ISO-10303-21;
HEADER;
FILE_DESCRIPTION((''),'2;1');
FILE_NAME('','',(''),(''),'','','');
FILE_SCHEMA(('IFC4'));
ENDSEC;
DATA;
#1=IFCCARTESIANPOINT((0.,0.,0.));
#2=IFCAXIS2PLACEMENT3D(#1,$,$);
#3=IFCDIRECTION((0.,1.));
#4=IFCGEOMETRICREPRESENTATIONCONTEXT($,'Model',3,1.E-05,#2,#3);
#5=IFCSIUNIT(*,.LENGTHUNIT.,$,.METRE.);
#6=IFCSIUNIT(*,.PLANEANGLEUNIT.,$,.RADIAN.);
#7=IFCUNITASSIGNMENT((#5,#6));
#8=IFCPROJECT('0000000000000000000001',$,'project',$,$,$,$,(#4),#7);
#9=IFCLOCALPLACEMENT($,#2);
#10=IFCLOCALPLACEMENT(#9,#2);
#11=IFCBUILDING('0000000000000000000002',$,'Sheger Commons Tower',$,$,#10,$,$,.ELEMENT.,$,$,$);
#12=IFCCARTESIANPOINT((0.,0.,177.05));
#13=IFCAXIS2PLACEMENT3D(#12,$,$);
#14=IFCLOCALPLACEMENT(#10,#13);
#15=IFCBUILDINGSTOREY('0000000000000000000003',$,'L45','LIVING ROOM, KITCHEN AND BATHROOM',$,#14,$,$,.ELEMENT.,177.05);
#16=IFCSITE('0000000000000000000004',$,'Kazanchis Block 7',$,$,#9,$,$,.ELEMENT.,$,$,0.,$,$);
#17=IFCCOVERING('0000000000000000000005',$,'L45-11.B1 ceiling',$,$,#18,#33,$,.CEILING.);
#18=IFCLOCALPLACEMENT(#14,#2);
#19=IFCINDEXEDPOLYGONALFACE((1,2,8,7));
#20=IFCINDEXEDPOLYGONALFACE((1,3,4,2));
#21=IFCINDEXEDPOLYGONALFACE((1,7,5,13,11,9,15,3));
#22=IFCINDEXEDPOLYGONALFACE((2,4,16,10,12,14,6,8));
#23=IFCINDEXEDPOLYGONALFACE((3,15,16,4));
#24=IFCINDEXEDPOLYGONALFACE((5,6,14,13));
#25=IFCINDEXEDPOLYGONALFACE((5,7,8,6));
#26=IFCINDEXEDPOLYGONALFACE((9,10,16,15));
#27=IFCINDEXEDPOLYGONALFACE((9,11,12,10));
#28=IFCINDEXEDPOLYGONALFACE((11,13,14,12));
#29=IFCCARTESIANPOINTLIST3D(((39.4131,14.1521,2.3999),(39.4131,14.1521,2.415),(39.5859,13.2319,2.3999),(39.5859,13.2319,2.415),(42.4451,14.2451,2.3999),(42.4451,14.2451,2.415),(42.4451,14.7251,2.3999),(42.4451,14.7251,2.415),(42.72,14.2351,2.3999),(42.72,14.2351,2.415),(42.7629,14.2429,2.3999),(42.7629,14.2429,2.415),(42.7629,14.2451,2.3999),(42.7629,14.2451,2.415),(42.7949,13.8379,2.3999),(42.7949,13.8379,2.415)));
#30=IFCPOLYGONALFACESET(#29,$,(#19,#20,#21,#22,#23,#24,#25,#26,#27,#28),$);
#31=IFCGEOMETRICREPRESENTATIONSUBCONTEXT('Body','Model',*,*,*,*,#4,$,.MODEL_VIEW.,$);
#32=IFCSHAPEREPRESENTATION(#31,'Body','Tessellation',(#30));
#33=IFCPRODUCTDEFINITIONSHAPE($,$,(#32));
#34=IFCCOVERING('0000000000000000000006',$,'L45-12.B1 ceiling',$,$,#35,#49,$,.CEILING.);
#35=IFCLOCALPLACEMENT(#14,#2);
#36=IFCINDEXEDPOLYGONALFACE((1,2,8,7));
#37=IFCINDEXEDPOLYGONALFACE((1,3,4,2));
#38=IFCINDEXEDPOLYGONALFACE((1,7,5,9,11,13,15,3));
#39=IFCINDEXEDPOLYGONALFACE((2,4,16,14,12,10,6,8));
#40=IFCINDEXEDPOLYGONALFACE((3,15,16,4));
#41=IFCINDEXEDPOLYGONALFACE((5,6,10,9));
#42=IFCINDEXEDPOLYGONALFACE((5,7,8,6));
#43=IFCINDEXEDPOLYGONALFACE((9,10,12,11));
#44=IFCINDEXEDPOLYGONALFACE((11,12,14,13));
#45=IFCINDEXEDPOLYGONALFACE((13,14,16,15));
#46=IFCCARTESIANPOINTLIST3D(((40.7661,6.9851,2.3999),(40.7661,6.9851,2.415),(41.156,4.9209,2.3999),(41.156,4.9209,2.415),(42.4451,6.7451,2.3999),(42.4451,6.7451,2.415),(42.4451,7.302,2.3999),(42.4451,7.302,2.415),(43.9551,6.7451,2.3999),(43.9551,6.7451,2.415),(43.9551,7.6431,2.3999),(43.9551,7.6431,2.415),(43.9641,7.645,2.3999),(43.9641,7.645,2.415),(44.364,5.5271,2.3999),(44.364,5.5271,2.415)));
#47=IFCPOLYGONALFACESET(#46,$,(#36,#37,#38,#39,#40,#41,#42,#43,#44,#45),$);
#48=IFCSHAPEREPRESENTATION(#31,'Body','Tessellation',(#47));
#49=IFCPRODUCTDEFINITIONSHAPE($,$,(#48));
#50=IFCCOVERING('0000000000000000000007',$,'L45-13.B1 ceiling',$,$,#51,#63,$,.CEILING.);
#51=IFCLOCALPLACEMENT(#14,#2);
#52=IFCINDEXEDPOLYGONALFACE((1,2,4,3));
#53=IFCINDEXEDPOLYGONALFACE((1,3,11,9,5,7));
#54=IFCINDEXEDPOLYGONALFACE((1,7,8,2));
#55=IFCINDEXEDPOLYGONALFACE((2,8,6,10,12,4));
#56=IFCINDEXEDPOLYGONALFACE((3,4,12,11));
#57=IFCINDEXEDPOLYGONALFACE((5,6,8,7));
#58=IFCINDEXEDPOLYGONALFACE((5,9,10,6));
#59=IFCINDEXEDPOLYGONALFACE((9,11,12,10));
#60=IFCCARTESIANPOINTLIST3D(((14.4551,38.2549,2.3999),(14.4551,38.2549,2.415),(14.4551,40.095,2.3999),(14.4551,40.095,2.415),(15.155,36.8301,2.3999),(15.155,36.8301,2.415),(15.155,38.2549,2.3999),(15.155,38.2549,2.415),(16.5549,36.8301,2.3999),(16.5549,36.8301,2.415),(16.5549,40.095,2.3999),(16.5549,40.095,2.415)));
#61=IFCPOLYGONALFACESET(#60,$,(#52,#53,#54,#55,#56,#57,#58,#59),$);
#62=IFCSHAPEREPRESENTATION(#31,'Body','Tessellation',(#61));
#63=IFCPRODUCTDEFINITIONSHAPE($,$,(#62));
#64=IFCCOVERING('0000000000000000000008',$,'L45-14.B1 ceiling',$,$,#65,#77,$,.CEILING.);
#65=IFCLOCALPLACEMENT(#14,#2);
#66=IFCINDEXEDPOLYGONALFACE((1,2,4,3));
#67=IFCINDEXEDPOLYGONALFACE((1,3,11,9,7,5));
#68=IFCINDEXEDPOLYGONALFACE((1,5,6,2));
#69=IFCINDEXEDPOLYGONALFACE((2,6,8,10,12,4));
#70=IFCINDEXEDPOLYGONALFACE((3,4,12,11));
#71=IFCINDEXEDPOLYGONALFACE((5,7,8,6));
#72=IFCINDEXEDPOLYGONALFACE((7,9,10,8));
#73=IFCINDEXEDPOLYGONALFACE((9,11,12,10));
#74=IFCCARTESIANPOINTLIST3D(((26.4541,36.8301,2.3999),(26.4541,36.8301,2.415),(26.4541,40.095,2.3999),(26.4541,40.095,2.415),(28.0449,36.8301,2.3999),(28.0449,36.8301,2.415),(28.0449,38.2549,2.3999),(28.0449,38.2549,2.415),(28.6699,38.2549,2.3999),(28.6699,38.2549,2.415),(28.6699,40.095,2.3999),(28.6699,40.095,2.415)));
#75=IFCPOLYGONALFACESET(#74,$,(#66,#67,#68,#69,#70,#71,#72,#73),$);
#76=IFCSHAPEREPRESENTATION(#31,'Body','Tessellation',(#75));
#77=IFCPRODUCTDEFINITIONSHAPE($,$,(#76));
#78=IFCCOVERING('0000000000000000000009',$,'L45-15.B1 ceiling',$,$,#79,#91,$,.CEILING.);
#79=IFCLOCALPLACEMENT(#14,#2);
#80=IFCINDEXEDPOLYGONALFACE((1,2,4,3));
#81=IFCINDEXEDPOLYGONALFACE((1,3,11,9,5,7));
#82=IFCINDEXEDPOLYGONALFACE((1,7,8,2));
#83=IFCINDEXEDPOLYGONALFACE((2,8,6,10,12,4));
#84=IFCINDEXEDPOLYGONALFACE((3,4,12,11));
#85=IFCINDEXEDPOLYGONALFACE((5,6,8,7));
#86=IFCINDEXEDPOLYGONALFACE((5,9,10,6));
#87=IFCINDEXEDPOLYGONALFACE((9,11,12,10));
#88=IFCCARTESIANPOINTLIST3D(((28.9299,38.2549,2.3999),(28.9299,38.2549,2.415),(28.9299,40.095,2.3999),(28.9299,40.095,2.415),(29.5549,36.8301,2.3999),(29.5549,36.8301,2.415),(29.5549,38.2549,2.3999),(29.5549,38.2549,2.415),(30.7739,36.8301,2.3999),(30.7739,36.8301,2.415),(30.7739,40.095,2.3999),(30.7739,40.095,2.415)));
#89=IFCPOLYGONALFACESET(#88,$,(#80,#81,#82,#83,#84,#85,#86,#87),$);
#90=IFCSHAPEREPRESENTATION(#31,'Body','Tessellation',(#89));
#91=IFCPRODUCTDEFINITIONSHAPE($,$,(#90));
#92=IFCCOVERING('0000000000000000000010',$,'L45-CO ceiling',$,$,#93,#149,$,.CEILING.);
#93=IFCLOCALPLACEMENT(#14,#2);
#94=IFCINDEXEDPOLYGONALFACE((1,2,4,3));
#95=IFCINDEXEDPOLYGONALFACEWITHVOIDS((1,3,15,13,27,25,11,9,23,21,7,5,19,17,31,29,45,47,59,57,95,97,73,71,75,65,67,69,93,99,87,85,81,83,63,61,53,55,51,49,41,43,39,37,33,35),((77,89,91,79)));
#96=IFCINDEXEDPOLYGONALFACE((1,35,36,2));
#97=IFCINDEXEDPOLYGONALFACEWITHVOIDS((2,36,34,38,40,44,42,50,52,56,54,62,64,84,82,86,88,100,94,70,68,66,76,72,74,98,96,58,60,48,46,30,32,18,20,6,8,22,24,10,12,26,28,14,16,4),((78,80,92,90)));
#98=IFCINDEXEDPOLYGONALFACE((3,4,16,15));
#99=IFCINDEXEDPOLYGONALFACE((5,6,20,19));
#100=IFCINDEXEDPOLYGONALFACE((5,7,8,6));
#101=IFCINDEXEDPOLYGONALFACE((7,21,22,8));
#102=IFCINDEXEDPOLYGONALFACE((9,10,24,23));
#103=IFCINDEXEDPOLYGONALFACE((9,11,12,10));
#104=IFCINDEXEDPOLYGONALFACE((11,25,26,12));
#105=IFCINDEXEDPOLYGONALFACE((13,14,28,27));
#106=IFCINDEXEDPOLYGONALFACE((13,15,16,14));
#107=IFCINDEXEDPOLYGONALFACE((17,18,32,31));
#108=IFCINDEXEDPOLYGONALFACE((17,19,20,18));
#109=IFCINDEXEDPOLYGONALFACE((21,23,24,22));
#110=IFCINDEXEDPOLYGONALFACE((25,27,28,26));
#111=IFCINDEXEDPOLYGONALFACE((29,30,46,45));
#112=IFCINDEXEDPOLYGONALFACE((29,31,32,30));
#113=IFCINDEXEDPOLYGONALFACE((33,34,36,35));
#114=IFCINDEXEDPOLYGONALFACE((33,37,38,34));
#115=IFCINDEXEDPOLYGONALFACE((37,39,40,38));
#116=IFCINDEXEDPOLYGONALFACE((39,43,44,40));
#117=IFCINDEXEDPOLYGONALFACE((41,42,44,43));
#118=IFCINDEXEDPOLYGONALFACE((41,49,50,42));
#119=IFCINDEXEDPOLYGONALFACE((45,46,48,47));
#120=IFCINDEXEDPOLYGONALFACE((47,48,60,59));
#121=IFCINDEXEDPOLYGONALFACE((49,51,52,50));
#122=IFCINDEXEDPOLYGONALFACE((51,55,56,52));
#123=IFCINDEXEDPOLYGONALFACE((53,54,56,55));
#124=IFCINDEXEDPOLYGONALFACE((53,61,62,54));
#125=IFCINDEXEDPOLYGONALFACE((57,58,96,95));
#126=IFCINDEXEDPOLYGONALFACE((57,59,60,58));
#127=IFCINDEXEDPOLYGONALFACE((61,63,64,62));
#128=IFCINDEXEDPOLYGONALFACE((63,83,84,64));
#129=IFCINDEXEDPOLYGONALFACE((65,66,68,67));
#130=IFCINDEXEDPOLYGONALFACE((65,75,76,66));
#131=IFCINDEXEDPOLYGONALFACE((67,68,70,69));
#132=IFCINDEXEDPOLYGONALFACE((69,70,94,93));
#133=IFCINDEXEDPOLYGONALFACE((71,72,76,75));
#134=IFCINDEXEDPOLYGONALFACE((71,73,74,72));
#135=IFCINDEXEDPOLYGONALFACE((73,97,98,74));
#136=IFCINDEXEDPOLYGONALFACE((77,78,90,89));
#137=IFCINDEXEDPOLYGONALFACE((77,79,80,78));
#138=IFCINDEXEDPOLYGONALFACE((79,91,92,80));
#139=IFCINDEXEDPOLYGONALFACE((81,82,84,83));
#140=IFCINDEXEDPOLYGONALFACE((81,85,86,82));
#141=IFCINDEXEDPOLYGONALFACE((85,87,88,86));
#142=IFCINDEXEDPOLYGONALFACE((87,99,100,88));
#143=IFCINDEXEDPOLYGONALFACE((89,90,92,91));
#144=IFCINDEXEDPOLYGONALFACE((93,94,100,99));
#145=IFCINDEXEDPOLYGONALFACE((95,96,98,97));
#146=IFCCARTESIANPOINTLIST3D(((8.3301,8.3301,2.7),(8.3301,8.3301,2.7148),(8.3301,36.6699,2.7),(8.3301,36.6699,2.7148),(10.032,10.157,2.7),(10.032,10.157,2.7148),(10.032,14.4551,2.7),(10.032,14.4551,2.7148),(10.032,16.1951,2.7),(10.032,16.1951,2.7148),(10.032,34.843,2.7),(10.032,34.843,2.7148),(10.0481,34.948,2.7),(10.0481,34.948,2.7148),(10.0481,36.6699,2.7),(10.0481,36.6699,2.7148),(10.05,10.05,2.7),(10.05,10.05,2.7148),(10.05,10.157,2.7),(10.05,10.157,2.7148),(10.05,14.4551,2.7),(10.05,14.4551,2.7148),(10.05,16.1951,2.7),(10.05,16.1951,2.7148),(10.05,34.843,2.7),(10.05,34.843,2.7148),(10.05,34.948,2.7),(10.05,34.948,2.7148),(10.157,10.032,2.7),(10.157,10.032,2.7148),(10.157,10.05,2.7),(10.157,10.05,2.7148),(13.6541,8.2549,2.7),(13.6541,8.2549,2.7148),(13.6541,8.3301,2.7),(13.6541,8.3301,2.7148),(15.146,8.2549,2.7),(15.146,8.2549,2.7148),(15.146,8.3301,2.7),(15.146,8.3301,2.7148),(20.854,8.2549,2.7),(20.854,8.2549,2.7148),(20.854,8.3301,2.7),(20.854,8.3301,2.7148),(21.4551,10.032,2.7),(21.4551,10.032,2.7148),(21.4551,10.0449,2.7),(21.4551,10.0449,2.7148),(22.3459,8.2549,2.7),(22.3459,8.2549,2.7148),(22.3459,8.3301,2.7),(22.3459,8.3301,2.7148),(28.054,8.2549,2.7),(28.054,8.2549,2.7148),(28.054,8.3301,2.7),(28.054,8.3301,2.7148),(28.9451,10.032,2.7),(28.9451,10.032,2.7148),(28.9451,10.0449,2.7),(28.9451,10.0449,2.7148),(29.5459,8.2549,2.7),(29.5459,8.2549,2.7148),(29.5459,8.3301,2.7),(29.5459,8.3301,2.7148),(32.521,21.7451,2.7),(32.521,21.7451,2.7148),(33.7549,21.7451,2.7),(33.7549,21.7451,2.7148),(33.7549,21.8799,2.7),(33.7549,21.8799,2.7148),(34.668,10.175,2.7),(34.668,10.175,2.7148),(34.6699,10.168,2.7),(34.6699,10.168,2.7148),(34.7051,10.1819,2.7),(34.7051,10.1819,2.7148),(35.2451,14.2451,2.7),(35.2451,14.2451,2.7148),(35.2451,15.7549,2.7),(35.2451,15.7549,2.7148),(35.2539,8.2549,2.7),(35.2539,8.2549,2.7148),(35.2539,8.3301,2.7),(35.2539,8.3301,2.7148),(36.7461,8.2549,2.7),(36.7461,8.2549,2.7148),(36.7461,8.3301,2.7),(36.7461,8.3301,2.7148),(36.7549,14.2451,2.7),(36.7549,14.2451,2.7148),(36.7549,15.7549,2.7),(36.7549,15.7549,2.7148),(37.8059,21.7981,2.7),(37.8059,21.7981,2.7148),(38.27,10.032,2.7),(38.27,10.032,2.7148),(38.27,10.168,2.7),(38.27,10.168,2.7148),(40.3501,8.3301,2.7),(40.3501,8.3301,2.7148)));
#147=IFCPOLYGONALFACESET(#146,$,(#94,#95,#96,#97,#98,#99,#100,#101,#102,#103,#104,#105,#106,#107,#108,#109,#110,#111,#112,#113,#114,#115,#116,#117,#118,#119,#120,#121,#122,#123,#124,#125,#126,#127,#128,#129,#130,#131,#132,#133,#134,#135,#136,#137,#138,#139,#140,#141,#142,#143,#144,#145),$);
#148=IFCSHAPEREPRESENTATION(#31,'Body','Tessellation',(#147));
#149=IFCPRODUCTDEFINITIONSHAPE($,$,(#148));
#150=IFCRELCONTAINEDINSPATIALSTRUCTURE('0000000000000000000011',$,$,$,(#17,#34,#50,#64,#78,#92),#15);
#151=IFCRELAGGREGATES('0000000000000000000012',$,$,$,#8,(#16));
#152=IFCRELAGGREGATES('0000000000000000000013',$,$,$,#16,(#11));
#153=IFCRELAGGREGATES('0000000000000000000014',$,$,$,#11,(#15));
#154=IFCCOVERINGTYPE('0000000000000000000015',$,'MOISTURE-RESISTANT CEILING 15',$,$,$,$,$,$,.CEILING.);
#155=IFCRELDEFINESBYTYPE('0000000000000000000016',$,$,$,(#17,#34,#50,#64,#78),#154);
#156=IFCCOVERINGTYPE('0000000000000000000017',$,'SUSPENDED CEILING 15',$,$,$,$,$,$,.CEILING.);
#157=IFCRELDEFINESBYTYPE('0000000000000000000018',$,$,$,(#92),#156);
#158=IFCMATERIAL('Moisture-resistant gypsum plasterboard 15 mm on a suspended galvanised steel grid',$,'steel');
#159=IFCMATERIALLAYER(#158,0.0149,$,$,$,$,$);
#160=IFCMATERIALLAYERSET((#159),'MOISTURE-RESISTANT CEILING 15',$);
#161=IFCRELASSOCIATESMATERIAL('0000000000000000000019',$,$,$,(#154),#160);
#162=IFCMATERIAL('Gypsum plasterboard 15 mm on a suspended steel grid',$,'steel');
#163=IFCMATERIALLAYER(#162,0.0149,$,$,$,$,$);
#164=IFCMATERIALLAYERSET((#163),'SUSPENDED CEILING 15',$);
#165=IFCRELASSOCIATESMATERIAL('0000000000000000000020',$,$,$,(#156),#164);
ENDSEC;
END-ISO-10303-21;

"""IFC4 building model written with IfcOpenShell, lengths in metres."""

from ifc_helpers import new_model, si_unit, direction, frame, origin, place, context, subcontext, project, spatial, polyline, outline, extrude, material, layer, layer_set, type_object, element, save


model = new_model("IFC4")

# Units and contexts
model_context = context("Model", 3, precision=1e-05, world=origin(), true_north=direction((0.0, 1.0)))
body_context = subcontext(model_context, "Body", "Model", "MODEL_VIEW")
ifc_project = project(units=[si_unit("LENGTHUNIT", "METRE"), si_unit("PLANEANGLEUNIT", "RADIAN")], contexts=[model_context])

# Site, building, storey
site_placement = place(None, origin())
site = spatial("IfcSite", under=ifc_project, at=site_placement, Name="Kazanchis Block 7", CompositionType="ELEMENT", RefElevation=0.0)
building_placement = place(site_placement, origin())
building = spatial("IfcBuilding", under=site, at=building_placement, Name="Sheger Commons Tower", CompositionType="ELEMENT")
storey_placement = place(building_placement, frame((0.0, 0.0, 177.05)))
storey = spatial("IfcBuildingStorey", under=building, at=storey_placement, Name="L45", Description="LIVING ROOM, KITCHEN AND BATHROOM", CompositionType="ELEMENT", Elevation=177.05)

# Coverings
ifc_material_1 = material(Name="Moisture-resistant gypsum plasterboard 15 mm on a suspended galvanised steel grid", Category="steel")
ifc_layer_1 = layer(ifc_material_1, 0.0149)
ifc_layer_set_1 = layer_set([ifc_layer_1], Name="MOISTURE-RESISTANT CEILING 15")
covering_type_1 = type_object("IfcCoveringType", Name="MOISTURE-RESISTANT CEILING 15", PredefinedType="CEILING", material=ifc_layer_set_1)
covering_1_placement = place(storey_placement, frame((0.0, 0.0, 2.3999)))
element("IfcCovering", 1, at=covering_1_placement, inside=storey, type_object=covering_type_1, Name="L45-11.B1 ceiling", PredefinedType="CEILING", context=body_context, shape_type="SweptSolid", body=[
    extrude(outline(polyline([(39.5859, 13.2319), (42.7949, 13.8379), (42.72, 14.2351), (42.7629, 14.2429), (42.7629, 14.2451), (42.4451, 14.2451), (42.4451, 14.7251), (39.4131, 14.1521), (39.5859, 13.2319)])), origin(), (0.0, 0.0, 1.0), 0.0151),
])
covering_2_placement = place(storey_placement, frame((0.0, 0.0, 2.3999)))
element("IfcCovering", 2, at=covering_2_placement, inside=storey, type_object=covering_type_1, Name="L45-12.B1 ceiling", PredefinedType="CEILING", context=body_context, shape_type="SweptSolid", body=[
    extrude(outline(polyline([(41.156, 4.9209), (44.364, 5.5271), (43.9641, 7.645), (43.9551, 7.6431), (43.9551, 6.7451), (42.4451, 6.7451), (42.4451, 7.302), (40.7661, 6.9851), (41.156, 4.9209)])), origin(), (0.0, 0.0, 1.0), 0.0151),
])
covering_3_placement = place(storey_placement, frame((0.0, 0.0, 2.3999)))
element("IfcCovering", 3, at=covering_3_placement, inside=storey, type_object=covering_type_1, Name="L45-13.B1 ceiling", PredefinedType="CEILING", context=body_context, shape_type="SweptSolid", body=[
    extrude(outline(polyline([(15.155, 36.8301), (16.5549, 36.8301), (16.5549, 40.095), (14.4551, 40.095), (14.4551, 38.2549), (15.155, 38.2549), (15.155, 36.8301)])), origin(), (0.0, 0.0, 1.0), 0.0151),
])
covering_4_placement = place(storey_placement, frame((0.0, 0.0, 2.3999)))
element("IfcCovering", 4, at=covering_4_placement, inside=storey, type_object=covering_type_1, Name="L45-14.B1 ceiling", PredefinedType="CEILING", context=body_context, shape_type="SweptSolid", body=[
    extrude(outline(polyline([(26.4541, 36.8301), (28.0449, 36.8301), (28.0449, 38.2549), (28.6699, 38.2549), (28.6699, 40.095), (26.4541, 40.095), (26.4541, 36.8301)])), origin(), (0.0, 0.0, 1.0), 0.0151),
])
covering_5_placement = place(storey_placement, frame((0.0, 0.0, 2.3999)))
element("IfcCovering", 5, at=covering_5_placement, inside=storey, type_object=covering_type_1, Name="L45-15.B1 ceiling", PredefinedType="CEILING", context=body_context, shape_type="SweptSolid", body=[
    extrude(outline(polyline([(29.5549, 36.8301), (30.7739, 36.8301), (30.7739, 40.095), (28.9299, 40.095), (28.9299, 38.2549), (29.5549, 38.2549), (29.5549, 36.8301)])), origin(), (0.0, 0.0, 1.0), 0.0151),
])
ifc_material_2 = material(Name="Gypsum plasterboard 15 mm on a suspended steel grid", Category="steel")
ifc_layer_2 = layer(ifc_material_2, 0.0149)
ifc_layer_set_2 = layer_set([ifc_layer_2], Name="SUSPENDED CEILING 15")
covering_type_2 = type_object("IfcCoveringType", Name="SUSPENDED CEILING 15", PredefinedType="CEILING", material=ifc_layer_set_2)
covering_6_placement = place(storey_placement, frame((0.0, 0.0, 2.7)))
element("IfcCovering", 6, at=covering_6_placement, inside=storey, type_object=covering_type_2, Name="L45-CO ceiling", PredefinedType="CEILING", context=body_context, shape_type="SweptSolid", body=[
    extrude(outline(polyline([(13.6541, 8.2549), (15.146, 8.2549), (15.146, 8.3301), (20.854, 8.3301), (20.854, 8.2549), (22.3459, 8.2549), (22.3459, 8.3301), (28.054, 8.3301), (28.054, 8.2549), (29.5459, 8.2549), (29.5459, 8.3301), (35.2539, 8.3301), (35.2539, 8.2549), (36.7461, 8.2549), (36.7461, 8.3301), (40.3501, 8.3301), (37.8059, 21.7981), (33.7549, 21.8799), (33.7549, 21.7451), (32.521, 21.7451), (34.7051, 10.1819), (34.668, 10.175), (34.6699, 10.168), (38.27, 10.168), (38.27, 10.032), (28.9451, 10.032), (28.9451, 10.0449), (21.4551, 10.0449), (21.4551, 10.032), (10.157, 10.032), (10.157, 10.05), (10.05, 10.05), (10.05, 10.157), (10.032, 10.157), (10.032, 14.4551), (10.05, 14.4551), (10.05, 16.1951), (10.032, 16.1951), (10.032, 34.843), (10.05, 34.843), (10.05, 34.948), (10.0481, 34.948), (10.0481, 36.6699), (8.3301, 36.6699), (8.3301, 8.3301), (13.6541, 8.3301), (13.6541, 8.2549)]), holes=[polyline([(36.7549, 15.7549), (36.7549, 14.2451), (35.2451, 14.2451), (35.2451, 15.7549), (36.7549, 15.7549)])]), origin(), (0.0, 0.0, 1.0), 0.0149),
])

save(model, "model.ifc")
